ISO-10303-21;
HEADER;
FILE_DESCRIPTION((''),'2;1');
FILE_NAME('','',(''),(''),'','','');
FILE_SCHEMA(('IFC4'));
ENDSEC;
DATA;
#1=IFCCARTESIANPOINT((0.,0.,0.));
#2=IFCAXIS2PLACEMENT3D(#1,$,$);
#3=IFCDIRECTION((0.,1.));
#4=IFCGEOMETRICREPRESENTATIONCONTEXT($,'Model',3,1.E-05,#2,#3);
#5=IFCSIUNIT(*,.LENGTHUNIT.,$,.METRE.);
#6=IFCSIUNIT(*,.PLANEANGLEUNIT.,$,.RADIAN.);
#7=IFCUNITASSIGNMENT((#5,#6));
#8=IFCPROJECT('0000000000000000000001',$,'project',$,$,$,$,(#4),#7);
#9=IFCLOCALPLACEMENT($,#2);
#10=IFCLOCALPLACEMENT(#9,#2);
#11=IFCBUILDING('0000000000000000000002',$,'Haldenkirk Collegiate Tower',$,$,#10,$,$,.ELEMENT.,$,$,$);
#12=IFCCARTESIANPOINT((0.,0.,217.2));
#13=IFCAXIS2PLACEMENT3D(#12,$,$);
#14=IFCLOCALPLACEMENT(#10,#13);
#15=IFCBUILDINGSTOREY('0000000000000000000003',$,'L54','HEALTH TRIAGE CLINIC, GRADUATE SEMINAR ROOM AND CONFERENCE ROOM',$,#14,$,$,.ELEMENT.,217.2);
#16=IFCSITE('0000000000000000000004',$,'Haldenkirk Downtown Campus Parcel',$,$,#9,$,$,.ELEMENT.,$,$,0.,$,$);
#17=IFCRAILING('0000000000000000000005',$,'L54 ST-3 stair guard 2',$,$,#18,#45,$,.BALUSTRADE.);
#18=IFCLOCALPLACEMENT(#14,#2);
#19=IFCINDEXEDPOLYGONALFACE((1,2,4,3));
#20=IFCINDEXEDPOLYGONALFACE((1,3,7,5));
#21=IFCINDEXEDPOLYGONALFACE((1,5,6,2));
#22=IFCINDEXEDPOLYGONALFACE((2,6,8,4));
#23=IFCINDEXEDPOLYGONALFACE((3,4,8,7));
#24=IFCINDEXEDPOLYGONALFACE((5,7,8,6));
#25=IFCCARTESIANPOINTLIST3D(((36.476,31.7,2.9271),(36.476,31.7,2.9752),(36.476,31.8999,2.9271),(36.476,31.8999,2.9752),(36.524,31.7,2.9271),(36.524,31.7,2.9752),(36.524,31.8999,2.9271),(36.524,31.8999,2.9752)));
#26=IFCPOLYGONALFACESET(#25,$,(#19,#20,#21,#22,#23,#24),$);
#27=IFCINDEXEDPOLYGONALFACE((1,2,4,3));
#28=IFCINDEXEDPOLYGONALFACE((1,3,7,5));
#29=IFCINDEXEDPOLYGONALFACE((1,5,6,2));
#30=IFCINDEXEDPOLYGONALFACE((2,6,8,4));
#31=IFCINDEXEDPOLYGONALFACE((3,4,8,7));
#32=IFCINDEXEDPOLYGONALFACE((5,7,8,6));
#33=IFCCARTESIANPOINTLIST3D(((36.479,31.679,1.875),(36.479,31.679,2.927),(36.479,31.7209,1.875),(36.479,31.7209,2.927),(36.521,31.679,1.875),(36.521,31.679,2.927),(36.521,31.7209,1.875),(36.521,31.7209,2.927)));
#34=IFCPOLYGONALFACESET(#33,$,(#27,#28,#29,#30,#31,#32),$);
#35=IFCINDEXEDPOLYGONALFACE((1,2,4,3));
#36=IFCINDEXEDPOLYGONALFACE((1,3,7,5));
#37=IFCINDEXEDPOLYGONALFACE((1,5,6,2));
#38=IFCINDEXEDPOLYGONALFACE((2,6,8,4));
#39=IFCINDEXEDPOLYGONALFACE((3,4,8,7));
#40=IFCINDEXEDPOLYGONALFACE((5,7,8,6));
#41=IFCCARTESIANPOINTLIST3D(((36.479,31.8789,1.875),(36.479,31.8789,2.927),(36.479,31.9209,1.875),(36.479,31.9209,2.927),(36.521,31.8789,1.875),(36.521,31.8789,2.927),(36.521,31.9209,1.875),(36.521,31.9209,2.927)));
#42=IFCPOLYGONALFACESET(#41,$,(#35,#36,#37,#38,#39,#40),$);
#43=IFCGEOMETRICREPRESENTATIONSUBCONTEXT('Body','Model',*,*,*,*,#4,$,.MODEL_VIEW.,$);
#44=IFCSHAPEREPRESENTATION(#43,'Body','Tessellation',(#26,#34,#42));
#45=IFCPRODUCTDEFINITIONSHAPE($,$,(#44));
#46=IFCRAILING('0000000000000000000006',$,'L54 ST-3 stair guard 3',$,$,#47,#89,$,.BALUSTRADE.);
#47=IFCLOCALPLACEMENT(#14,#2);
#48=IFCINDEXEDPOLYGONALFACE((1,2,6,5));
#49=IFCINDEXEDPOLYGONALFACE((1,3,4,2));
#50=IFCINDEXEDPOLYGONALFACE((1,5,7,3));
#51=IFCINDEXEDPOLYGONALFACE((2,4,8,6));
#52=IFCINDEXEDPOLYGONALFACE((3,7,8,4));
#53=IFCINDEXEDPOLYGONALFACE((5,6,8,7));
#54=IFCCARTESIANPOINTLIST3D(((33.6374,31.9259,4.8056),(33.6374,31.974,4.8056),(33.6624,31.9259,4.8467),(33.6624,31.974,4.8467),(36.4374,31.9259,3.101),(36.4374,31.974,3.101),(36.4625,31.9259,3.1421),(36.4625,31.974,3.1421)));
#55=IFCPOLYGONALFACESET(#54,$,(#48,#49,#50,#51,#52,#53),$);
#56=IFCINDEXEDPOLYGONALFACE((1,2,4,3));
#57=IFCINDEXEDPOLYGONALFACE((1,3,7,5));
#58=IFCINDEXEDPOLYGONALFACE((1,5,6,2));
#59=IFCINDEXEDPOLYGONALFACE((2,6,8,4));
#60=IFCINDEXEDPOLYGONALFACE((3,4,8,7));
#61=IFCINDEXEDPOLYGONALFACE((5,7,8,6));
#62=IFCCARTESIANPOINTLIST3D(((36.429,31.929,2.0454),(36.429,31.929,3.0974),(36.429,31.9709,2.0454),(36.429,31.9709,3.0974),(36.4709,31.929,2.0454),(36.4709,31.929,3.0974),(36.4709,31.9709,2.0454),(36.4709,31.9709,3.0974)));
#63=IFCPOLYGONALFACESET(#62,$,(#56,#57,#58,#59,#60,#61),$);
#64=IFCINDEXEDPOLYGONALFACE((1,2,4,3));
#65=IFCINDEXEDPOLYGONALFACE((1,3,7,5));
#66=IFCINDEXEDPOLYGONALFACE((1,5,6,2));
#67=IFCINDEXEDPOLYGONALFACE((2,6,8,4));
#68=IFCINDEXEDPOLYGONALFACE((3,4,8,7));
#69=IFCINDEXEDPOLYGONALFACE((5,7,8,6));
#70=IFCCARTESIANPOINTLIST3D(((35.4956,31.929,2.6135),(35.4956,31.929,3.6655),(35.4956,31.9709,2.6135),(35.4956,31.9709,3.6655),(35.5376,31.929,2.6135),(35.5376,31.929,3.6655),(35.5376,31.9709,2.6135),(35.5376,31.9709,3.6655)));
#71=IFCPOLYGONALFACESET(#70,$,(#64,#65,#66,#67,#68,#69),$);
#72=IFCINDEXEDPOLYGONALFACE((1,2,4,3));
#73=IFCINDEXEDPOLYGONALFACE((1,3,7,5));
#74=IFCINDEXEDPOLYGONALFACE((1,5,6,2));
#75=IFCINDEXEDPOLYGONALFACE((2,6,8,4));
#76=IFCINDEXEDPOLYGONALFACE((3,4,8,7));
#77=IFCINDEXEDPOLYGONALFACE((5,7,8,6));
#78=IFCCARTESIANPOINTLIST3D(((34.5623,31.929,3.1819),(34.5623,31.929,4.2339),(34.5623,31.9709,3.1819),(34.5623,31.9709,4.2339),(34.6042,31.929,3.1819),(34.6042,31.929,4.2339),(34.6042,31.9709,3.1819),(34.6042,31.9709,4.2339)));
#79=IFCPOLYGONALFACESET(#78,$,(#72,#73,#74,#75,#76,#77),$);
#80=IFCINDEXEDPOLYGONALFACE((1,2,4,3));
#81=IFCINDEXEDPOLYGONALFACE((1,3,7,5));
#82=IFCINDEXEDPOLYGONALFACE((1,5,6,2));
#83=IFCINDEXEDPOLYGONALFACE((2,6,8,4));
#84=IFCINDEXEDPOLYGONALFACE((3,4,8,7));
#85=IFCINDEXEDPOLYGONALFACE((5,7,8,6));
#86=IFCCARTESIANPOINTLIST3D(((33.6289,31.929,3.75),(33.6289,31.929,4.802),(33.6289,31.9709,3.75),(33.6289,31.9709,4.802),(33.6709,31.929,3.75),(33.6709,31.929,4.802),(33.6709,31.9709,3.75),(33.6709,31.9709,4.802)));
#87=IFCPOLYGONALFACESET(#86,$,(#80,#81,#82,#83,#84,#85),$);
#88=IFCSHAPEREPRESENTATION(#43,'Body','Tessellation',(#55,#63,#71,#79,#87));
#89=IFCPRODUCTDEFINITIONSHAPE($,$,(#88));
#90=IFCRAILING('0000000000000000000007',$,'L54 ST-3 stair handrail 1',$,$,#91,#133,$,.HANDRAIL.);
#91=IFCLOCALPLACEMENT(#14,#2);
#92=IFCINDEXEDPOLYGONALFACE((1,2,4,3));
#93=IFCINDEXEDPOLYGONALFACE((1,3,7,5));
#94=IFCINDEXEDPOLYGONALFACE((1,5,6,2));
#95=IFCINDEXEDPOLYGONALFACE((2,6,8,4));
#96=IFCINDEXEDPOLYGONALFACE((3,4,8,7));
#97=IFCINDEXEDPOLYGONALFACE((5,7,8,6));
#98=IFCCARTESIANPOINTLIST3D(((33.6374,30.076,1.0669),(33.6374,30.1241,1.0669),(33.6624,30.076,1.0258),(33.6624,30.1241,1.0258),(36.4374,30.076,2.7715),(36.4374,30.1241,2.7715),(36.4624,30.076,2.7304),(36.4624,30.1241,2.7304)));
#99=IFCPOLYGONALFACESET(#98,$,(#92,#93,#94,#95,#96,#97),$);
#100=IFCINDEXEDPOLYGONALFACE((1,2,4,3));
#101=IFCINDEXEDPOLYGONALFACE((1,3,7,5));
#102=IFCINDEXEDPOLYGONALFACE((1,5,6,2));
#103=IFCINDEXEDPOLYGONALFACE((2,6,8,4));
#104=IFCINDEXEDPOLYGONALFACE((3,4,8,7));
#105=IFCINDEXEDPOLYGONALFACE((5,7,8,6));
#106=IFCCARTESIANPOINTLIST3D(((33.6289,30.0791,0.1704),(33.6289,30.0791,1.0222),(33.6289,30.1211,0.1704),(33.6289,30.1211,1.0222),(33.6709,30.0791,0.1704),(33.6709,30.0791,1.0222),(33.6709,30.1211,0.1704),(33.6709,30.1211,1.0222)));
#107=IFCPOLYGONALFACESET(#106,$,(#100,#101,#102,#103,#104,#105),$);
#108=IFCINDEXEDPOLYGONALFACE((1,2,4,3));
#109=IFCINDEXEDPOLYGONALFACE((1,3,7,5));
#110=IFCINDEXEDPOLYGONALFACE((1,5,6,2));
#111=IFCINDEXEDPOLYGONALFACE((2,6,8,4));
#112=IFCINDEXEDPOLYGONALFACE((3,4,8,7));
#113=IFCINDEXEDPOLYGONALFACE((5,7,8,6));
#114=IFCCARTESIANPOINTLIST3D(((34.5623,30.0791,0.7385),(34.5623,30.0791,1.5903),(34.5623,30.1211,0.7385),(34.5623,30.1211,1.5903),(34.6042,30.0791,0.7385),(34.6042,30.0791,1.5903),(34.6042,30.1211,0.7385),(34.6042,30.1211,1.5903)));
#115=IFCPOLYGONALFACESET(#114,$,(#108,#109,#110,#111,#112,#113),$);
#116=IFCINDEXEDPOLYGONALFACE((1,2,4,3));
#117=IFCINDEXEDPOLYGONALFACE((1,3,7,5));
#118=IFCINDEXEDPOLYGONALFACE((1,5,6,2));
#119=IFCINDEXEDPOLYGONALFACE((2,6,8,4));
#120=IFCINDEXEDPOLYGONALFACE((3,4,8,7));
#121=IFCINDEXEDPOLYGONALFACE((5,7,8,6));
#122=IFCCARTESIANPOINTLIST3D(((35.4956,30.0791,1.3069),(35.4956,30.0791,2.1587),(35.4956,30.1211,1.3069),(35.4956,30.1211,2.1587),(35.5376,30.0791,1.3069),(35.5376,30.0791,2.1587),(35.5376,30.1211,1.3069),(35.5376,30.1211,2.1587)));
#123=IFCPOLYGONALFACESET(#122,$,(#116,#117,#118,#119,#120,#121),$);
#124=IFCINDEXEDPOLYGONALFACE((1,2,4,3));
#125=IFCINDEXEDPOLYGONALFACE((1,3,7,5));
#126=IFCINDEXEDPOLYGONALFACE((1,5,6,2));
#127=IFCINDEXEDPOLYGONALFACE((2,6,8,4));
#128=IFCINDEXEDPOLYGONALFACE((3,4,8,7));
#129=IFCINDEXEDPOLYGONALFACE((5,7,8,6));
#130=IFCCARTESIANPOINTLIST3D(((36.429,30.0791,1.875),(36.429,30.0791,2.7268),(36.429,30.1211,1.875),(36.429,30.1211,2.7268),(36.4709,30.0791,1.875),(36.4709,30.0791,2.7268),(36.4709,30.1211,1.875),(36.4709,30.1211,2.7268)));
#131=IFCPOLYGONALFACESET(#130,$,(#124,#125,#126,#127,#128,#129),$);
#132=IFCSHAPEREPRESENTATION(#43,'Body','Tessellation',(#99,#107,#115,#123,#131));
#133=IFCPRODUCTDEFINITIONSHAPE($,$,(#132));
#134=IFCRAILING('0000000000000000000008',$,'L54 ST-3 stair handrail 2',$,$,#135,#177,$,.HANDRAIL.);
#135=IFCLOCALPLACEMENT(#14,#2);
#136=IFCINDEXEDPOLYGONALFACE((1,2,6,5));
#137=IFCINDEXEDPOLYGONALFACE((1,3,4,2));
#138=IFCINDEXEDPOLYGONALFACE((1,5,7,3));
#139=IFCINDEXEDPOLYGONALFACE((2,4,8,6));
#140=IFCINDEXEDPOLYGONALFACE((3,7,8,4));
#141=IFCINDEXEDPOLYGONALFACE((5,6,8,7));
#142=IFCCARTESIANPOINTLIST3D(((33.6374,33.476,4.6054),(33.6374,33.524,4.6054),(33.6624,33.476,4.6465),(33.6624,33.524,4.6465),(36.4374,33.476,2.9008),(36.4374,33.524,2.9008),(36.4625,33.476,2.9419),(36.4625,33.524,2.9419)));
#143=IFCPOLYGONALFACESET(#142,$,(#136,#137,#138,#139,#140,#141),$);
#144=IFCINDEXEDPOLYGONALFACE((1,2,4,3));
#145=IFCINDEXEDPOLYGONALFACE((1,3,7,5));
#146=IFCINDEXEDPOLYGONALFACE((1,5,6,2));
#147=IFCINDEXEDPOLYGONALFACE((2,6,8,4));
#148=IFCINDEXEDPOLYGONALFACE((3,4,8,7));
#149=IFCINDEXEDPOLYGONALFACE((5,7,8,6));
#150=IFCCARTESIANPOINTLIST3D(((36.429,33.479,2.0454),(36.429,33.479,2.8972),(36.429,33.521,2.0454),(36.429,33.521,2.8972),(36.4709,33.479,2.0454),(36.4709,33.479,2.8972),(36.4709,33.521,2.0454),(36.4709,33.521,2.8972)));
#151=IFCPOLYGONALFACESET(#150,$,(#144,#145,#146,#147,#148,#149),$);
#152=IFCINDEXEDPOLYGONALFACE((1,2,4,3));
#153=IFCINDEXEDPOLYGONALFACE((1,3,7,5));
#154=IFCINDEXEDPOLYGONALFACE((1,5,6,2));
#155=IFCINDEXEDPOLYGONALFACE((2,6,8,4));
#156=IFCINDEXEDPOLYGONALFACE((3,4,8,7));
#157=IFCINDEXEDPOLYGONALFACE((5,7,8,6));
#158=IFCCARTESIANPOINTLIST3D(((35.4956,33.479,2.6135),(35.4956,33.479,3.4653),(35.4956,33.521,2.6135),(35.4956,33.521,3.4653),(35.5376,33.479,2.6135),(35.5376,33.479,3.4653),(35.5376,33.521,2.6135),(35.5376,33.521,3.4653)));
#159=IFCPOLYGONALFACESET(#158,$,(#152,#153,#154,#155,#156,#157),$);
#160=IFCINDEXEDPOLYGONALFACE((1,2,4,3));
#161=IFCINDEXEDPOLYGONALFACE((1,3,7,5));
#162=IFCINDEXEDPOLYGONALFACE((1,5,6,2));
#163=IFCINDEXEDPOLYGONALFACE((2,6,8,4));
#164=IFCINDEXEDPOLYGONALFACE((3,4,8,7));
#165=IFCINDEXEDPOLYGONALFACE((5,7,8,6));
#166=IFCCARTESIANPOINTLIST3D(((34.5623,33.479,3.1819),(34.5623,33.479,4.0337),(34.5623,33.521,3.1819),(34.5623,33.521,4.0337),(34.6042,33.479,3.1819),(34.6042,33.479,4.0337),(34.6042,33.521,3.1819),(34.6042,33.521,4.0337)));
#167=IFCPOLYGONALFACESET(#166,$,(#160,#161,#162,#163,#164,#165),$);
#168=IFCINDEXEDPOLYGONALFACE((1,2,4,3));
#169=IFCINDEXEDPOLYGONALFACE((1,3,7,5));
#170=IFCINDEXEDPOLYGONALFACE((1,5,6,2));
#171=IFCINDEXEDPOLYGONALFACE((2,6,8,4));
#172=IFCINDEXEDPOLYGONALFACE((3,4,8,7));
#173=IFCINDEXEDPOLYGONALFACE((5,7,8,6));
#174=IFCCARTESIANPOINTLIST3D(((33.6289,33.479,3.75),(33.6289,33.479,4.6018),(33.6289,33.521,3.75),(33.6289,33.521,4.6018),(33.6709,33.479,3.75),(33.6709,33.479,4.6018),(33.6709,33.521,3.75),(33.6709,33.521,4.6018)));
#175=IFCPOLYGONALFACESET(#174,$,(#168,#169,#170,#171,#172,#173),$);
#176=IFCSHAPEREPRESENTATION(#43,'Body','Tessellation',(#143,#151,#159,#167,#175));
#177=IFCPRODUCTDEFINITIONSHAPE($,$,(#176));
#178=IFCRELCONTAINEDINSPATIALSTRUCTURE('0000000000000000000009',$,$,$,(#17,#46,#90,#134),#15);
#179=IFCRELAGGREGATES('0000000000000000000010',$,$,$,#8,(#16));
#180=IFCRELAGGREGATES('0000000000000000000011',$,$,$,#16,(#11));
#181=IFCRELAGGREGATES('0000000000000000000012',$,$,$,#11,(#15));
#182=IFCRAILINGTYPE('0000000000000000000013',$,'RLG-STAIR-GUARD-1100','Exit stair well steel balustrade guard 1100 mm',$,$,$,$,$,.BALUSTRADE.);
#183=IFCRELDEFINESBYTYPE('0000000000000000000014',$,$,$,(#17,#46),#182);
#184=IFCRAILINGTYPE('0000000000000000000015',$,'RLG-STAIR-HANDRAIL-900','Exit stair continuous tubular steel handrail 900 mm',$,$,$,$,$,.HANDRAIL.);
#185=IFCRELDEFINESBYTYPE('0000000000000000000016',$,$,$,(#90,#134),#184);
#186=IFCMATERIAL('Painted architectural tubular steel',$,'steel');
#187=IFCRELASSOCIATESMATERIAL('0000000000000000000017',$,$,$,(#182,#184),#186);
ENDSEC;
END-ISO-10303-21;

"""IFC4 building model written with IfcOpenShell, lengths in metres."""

from ifc_helpers import new_model, si_unit, direction, frame, origin, origin_2d, place, context, subcontext, project, spatial, rectangle, extrude, material, type_object, element, save


model = new_model("IFC4")

# Units and contexts
model_context = context("Model", 3, precision=1e-05, world=origin(), true_north=direction((0.0, 1.0)))
body_context = subcontext(model_context, "Body", "Model", "MODEL_VIEW")
ifc_project = project(units=[si_unit("LENGTHUNIT", "METRE"), si_unit("PLANEANGLEUNIT", "RADIAN")], contexts=[model_context])

# Site, building, storey
site_placement = place(None, origin())
site = spatial("IfcSite", under=ifc_project, at=site_placement, Name="Haldenkirk Downtown Campus Parcel", CompositionType="ELEMENT", RefElevation=0.0)
building_placement = place(site_placement, origin())
building = spatial("IfcBuilding", under=site, at=building_placement, Name="Haldenkirk Collegiate Tower", CompositionType="ELEMENT")
storey_placement = place(building_placement, frame((0.0, 0.0, 217.2)))
storey = spatial("IfcBuildingStorey", under=building, at=storey_placement, Name="L54", Description="HEALTH TRIAGE CLINIC, GRADUATE SEMINAR ROOM AND CONFERENCE ROOM", CompositionType="ELEMENT", Elevation=217.2)

# Railings
ifc_material_1 = material(Name="Painted architectural tubular steel", Category="steel")
railing_type_1 = type_object("IfcRailingType", Name="RLG-STAIR-GUARD-1100", Description="Exit stair well steel balustrade guard 1100 mm", PredefinedType="BALUSTRADE", material=ifc_material_1)
railing_1_placement = place(storey_placement, frame((36.5, 31.7, 1.875)))
element("IfcRailing", 1, at=railing_1_placement, inside=storey, type_object=railing_type_1, Name="L54 ST-3 stair guard 2", PredefinedType="BALUSTRADE", context=body_context, shape_type="SweptSolid", body=[
    extrude(rectangle(XDim=0.0481, YDim=0.0481, at=origin_2d()), frame((0.0, 0.0, 1.0762), z_axis=(0.0, 1.0, 0.0), x_axis=(-1.0, 0.0, 0.0)), (0.0, 0.0, 1.0), 0.2),
    extrude(rectangle(XDim=0.042, YDim=0.042, at=origin_2d()), origin(), (0.0, 0.0, 1.0), 1.052),
    extrude(rectangle(XDim=0.042, YDim=0.042, at=origin_2d()), frame((0.0, 0.2, 0.0)), (0.0, 0.0, 1.0), 1.052),
])
railing_2_placement = place(storey_placement, frame((36.45, 31.95, 2.0454)))
element("IfcRailing", 2, at=railing_2_placement, inside=storey, type_object=railing_type_1, Name="L54 ST-3 stair guard 3", PredefinedType="BALUSTRADE", context=body_context, shape_type="SweptSolid", body=[
    extrude(rectangle(XDim=0.0481, YDim=0.0481, at=origin_2d()), frame((0.0, 0.0, 1.0762), z_axis=(-0.85417, 0.0, 0.519994), x_axis=(0.0, -1.0, 0.0)), (0.0, 0.0, 1.0), 3.2781),
    extrude(rectangle(XDim=0.042, YDim=0.042, at=origin_2d()), origin(), (0.0, 0.0, 1.0), 1.052),
    extrude(rectangle(XDim=0.042, YDim=0.042, at=origin_2d()), frame((-0.9333, 0.0, 0.5681)), (0.0, 0.0, 1.0), 1.052),
    extrude(rectangle(XDim=0.042, YDim=0.042, at=origin_2d()), frame((-1.8667, 0.0, 1.1365)), (0.0, 0.0, 1.0), 1.052),
    extrude(rectangle(XDim=0.042, YDim=0.042, at=origin_2d()), frame((-2.8, 0.0, 1.7046)), (0.0, 0.0, 1.0), 1.052),
])
railing_type_2 = type_object("IfcRailingType", Name="RLG-STAIR-HANDRAIL-900", Description="Exit stair continuous tubular steel handrail 900 mm", PredefinedType="HANDRAIL", material=ifc_material_1)
railing_3_placement = place(storey_placement, frame((33.6499, 30.1001, 0.1704)))
element("IfcRailing", 3, at=railing_3_placement, inside=storey, type_object=railing_type_2, Name="L54 ST-3 stair handrail 1", PredefinedType="HANDRAIL", context=body_context, shape_type="SweptSolid", body=[
    extrude(rectangle(XDim=0.0481, YDim=0.0481, at=origin_2d()), frame((0.0, 0.0, 0.876), z_axis=(0.85417, 0.0, 0.519994), x_axis=(0.0, 1.0, 0.0)), (0.0, 0.0, 1.0), 3.2781),
    extrude(rectangle(XDim=0.042, YDim=0.042, at=origin_2d()), origin(), (0.0, 0.0, 1.0), 0.8518),
    extrude(rectangle(XDim=0.042, YDim=0.042, at=origin_2d()), frame((0.9333, 0.0, 0.5681)), (0.0, 0.0, 1.0), 0.8518),
    extrude(rectangle(XDim=0.042, YDim=0.042, at=origin_2d()), frame((1.8667, 0.0, 1.1365)), (0.0, 0.0, 1.0), 0.8518),
    extrude(rectangle(XDim=0.042, YDim=0.042, at=origin_2d()), frame((2.8, 0.0, 1.7046)), (0.0, 0.0, 1.0), 0.8518),
])
railing_4_placement = place(storey_placement, frame((36.45, 33.5, 2.0454)))
element("IfcRailing", 4, at=railing_4_placement, inside=storey, type_object=railing_type_2, Name="L54 ST-3 stair handrail 2", PredefinedType="HANDRAIL", context=body_context, shape_type="SweptSolid", body=[
    extrude(rectangle(XDim=0.0481, YDim=0.0481, at=origin_2d()), frame((0.0, 0.0, 0.876), z_axis=(-0.85417, 0.0, 0.519994), x_axis=(0.0, -1.0, 0.0)), (0.0, 0.0, 1.0), 3.2781),
    extrude(rectangle(XDim=0.042, YDim=0.042, at=origin_2d()), origin(), (0.0, 0.0, 1.0), 0.8518),
    extrude(rectangle(XDim=0.042, YDim=0.042, at=origin_2d()), frame((-0.9333, 0.0, 0.5681)), (0.0, 0.0, 1.0), 0.8518),
    extrude(rectangle(XDim=0.042, YDim=0.042, at=origin_2d()), frame((-1.8667, 0.0, 1.1365)), (0.0, 0.0, 1.0), 0.8518),
    extrude(rectangle(XDim=0.042, YDim=0.042, at=origin_2d()), frame((-2.8, 0.0, 1.7046)), (0.0, 0.0, 1.0), 0.8518),
])

save(model, "model.ifc")
